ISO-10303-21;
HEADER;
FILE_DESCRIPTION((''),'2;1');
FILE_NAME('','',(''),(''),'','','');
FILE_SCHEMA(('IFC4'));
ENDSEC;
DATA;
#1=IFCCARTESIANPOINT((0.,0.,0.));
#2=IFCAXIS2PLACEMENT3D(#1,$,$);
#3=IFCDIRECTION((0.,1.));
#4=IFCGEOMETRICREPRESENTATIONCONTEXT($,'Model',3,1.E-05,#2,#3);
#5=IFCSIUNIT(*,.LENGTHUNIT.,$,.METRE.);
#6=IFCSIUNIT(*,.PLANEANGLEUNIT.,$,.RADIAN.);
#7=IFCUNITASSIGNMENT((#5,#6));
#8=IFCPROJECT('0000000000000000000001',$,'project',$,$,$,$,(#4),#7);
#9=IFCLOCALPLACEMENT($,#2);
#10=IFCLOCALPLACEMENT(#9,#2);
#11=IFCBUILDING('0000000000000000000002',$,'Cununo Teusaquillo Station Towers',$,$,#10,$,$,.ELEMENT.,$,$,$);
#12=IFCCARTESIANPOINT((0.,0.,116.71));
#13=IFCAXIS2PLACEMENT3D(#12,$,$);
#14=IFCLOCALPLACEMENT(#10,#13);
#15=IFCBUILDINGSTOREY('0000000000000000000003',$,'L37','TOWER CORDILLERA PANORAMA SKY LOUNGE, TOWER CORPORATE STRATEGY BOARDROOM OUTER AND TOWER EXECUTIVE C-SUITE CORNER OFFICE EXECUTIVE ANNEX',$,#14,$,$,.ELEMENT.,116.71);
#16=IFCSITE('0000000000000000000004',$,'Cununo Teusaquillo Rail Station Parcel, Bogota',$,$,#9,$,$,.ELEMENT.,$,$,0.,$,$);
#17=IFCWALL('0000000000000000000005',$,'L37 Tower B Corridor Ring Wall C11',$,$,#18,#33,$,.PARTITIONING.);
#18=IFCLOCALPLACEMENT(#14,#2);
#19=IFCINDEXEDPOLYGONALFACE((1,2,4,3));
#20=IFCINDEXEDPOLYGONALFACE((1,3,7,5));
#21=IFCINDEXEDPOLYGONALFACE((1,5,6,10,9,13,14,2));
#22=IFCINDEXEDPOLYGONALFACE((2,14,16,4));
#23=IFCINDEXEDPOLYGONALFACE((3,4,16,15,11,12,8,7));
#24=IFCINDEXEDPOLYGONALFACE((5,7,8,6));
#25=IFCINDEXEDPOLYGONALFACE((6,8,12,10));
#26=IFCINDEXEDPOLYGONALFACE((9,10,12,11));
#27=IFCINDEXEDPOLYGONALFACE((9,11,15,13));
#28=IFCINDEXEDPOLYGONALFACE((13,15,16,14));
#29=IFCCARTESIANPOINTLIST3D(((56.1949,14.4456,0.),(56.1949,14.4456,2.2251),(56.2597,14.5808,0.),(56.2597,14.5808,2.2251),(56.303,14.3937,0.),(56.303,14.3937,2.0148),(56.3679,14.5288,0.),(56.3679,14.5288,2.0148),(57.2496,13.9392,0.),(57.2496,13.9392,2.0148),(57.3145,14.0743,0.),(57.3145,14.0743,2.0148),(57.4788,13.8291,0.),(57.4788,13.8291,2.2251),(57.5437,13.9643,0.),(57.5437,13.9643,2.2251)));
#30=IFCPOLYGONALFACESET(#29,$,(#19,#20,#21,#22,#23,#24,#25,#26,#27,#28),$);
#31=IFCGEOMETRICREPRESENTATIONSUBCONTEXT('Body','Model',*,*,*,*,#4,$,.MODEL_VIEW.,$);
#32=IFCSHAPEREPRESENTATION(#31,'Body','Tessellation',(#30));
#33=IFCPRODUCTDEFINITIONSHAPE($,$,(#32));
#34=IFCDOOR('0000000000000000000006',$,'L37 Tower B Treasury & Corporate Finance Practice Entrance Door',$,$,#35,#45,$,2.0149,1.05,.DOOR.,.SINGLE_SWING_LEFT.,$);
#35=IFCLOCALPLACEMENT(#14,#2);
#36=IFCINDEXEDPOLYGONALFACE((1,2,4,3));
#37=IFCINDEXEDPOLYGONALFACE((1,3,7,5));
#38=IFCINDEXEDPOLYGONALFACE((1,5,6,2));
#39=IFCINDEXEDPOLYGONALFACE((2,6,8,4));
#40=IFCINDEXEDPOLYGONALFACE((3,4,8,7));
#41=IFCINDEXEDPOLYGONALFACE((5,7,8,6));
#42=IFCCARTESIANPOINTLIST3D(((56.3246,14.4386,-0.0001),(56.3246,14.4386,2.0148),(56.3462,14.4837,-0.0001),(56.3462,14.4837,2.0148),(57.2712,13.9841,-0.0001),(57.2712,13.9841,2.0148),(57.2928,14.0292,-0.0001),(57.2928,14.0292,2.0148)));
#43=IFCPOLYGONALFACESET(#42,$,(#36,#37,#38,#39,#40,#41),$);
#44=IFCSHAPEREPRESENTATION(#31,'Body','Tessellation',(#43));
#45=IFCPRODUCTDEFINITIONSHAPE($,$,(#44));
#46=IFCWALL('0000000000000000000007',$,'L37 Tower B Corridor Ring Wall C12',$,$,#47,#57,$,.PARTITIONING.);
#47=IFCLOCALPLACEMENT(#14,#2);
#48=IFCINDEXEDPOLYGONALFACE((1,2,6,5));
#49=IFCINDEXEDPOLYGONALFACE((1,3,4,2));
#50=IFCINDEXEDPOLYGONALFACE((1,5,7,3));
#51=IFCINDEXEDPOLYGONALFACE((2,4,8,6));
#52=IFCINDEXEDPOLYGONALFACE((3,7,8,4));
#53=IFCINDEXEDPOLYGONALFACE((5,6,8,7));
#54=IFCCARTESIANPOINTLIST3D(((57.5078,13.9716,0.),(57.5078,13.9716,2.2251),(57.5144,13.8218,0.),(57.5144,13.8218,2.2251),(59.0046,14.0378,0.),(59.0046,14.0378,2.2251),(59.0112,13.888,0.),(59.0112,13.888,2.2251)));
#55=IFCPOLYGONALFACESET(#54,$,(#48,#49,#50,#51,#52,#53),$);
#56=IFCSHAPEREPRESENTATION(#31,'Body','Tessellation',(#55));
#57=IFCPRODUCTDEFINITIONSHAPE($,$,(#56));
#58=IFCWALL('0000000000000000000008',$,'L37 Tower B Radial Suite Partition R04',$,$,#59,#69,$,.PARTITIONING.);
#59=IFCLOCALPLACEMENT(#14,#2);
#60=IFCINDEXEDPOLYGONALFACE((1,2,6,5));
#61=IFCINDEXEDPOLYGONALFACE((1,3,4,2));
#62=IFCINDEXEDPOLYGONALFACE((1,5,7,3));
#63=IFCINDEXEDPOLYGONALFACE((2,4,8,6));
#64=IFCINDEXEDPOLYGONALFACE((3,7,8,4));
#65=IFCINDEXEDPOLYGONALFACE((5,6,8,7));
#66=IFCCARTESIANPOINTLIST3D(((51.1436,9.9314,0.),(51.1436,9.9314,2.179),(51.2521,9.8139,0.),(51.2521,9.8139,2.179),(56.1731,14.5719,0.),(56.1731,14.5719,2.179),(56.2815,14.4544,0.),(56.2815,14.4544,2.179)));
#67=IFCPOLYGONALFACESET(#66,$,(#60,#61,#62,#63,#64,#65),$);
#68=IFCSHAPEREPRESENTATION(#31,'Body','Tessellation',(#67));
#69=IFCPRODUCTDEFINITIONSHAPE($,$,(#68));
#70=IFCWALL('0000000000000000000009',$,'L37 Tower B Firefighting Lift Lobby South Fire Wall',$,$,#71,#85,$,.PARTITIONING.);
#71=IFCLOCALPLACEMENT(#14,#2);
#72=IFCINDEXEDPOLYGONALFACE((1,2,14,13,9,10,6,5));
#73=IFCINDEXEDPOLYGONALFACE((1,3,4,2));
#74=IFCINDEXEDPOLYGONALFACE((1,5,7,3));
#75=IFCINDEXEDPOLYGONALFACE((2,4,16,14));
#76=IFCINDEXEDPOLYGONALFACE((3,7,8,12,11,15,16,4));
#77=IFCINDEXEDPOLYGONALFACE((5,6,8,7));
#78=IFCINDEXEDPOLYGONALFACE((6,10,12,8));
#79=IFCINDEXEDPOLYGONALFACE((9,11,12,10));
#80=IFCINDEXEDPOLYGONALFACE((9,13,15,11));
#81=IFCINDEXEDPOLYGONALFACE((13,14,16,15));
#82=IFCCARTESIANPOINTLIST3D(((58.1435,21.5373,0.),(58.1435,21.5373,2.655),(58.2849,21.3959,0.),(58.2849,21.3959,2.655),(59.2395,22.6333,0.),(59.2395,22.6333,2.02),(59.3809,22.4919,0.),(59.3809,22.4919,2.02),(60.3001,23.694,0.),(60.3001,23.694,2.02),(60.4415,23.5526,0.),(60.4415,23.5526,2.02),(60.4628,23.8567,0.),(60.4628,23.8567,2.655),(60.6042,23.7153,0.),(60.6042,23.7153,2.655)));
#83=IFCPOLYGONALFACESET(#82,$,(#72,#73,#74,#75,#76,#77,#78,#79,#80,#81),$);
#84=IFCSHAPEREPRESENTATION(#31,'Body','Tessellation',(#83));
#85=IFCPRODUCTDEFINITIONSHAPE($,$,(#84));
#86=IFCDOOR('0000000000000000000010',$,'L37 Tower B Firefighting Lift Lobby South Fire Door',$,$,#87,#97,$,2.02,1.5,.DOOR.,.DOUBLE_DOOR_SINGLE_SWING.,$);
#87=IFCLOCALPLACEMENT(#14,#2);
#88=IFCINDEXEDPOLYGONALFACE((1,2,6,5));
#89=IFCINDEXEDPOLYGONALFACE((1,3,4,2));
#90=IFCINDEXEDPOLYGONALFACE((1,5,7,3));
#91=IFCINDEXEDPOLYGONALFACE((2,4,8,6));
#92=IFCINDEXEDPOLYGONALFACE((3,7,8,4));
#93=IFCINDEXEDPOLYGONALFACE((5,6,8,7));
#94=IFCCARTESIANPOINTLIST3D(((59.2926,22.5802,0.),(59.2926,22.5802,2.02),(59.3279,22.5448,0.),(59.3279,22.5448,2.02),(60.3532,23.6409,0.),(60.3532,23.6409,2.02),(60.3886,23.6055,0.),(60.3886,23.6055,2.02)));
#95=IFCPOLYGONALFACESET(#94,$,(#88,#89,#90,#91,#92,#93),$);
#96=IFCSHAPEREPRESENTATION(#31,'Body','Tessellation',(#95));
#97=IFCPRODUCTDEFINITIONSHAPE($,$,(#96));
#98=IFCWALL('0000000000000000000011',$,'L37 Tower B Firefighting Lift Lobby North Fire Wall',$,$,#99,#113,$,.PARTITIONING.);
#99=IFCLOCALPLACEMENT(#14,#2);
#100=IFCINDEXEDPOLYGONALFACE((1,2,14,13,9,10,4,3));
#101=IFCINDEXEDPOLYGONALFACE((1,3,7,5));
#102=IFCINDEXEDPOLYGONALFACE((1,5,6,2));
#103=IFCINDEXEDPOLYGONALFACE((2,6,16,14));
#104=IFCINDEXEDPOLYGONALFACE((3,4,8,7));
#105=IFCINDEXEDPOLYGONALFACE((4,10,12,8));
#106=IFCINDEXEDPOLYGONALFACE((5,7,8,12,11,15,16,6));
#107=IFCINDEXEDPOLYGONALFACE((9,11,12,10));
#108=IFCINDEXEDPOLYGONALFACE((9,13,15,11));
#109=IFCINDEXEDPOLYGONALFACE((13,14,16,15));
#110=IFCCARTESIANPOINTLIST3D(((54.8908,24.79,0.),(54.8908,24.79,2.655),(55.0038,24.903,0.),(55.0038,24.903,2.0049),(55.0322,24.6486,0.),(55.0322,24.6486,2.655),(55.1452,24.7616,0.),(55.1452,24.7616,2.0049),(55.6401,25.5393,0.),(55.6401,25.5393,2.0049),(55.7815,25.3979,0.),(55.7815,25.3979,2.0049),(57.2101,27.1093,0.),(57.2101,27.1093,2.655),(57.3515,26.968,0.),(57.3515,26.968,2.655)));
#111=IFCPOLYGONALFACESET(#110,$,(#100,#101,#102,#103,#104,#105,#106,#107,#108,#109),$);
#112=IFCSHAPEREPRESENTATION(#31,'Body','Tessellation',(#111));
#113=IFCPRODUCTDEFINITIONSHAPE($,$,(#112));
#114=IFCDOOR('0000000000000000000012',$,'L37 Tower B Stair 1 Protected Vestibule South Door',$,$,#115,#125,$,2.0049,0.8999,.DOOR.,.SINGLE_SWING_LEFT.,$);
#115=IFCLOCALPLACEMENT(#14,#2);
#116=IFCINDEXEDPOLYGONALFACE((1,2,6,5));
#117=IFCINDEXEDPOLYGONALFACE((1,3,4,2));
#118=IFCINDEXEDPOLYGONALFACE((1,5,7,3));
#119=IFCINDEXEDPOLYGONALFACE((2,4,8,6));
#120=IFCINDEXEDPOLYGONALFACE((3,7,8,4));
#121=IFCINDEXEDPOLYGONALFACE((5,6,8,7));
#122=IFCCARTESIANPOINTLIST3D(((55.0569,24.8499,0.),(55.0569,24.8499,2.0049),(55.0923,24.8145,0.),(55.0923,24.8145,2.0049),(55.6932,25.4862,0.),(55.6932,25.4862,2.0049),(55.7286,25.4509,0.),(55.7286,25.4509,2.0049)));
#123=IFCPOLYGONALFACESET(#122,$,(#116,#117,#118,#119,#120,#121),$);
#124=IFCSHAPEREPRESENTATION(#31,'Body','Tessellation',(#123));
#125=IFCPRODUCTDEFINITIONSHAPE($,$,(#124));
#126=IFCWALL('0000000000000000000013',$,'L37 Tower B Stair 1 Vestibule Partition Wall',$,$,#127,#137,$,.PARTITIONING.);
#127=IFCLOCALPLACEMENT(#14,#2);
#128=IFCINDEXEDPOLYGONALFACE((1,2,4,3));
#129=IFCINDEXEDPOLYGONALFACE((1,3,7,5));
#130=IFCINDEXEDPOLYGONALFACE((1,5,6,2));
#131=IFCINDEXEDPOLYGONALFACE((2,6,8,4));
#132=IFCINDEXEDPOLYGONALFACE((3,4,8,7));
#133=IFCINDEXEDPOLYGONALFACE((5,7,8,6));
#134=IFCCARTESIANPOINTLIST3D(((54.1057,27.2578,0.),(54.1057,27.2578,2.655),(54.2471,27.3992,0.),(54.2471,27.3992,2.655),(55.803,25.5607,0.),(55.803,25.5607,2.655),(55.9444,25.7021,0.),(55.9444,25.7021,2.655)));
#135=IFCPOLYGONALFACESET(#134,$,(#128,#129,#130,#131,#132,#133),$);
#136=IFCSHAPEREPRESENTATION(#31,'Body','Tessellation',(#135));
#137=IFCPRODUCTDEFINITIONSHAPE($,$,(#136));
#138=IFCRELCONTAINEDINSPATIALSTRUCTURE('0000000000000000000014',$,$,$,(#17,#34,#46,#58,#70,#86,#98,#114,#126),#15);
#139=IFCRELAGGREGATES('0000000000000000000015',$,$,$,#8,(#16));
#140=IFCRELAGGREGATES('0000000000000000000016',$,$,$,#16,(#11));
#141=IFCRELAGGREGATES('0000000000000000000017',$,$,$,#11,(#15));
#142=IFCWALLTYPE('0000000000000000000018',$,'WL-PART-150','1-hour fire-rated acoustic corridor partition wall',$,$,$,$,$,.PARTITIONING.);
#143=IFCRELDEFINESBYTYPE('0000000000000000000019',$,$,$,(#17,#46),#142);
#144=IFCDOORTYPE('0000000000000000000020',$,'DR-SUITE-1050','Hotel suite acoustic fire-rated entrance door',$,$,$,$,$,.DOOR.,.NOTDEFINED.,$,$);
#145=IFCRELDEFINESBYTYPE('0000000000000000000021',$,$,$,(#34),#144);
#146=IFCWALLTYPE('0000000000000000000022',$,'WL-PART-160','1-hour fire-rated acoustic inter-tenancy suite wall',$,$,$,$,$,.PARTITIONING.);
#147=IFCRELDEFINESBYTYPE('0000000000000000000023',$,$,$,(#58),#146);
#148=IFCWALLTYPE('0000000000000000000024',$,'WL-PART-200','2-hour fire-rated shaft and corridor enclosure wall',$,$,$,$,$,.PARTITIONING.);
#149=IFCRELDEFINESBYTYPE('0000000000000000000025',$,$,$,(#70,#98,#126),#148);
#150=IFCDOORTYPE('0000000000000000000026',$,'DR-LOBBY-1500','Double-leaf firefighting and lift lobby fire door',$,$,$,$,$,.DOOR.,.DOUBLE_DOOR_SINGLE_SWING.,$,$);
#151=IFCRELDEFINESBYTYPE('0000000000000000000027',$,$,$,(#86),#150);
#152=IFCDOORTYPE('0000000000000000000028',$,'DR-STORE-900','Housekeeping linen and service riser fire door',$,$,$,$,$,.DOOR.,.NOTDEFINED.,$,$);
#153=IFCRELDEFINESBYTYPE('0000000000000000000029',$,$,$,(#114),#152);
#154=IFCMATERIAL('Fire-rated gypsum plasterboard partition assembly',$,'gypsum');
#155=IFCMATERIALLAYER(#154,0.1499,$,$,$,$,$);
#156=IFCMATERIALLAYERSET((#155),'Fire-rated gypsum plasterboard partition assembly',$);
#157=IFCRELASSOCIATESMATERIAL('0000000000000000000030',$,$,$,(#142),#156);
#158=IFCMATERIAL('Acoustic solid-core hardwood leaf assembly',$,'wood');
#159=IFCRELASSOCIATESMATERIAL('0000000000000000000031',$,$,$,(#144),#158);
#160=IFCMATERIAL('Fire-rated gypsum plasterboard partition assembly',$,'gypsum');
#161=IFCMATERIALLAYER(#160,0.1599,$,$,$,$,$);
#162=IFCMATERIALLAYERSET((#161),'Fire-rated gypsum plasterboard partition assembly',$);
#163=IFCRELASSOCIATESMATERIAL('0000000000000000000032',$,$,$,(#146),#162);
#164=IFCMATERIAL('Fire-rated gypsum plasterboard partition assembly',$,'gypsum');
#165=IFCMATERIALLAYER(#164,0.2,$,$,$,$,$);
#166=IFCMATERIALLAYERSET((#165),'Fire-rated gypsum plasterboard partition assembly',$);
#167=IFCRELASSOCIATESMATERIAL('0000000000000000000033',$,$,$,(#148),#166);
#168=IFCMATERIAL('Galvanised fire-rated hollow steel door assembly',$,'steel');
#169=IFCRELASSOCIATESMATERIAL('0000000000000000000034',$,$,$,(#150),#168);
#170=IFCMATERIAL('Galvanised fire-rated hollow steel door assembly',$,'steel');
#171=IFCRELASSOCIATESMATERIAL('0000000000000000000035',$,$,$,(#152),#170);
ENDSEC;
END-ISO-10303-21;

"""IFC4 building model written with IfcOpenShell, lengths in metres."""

from ifc_helpers import new_model, si_unit, direction, frame, frame_2d, origin, place, context, subcontext, project, spatial, rectangle, extrude, source, transform, mapped, material, layer, layer_set, type_object, element, fill, save


model = new_model("IFC4")

# Units and contexts
model_context = context("Model", 3, precision=1e-05, world=origin(), true_north=direction((0.0, 1.0)))
body_context = subcontext(model_context, "Body", "Model", "MODEL_VIEW")
ifc_project = project(units=[si_unit("LENGTHUNIT", "METRE"), si_unit("PLANEANGLEUNIT", "RADIAN")], contexts=[model_context])

# Site, building, storey
site_placement = place(None, origin())
site = spatial("IfcSite", under=ifc_project, at=site_placement, Name="Cununo Teusaquillo Rail Station Parcel, Bogota", CompositionType="ELEMENT", RefElevation=0.0)
building_placement = place(site_placement, origin())
building = spatial("IfcBuilding", under=site, at=building_placement, Name="Cununo Teusaquillo Station Towers", CompositionType="ELEMENT")
storey_placement = place(building_placement, frame((0.0, 0.0, 116.71)))
storey = spatial("IfcBuildingStorey", under=building, at=storey_placement, Name="L37", Description="TOWER CORDILLERA PANORAMA SKY LOUNGE, TOWER CORPORATE STRATEGY BOARDROOM OUTER AND TOWER EXECUTIVE C-SUITE CORNER OFFICE EXECUTIVE ANNEX", CompositionType="ELEMENT", Elevation=116.71)

# Shared definitions
ifc_material_1 = material(Name="Fire-rated gypsum plasterboard partition assembly", Category="gypsum")
ifc_layer_1 = layer(ifc_material_1, 0.1499)
ifc_layer_set_1 = layer_set([ifc_layer_1], Name="Fire-rated gypsum plasterboard partition assembly")
wall_type_1 = type_object("IfcWallType", Name="WL-PART-150", Description="1-hour fire-rated acoustic corridor partition wall", PredefinedType="PARTITIONING", material=ifc_layer_set_1)

# Wall, opening, door
wall_1_placement = place(storey_placement, frame((56.2273, 14.5132, 0.0), z_axis=(0.0, 0.0, 1.0), x_axis=(0.901478, -0.432826, 0.0)))
wall_1 = element("IfcWall", 1, at=wall_1_placement, inside=storey, type_object=wall_type_1, Name="L37 Tower B Corridor Ring Wall C11", PredefinedType="PARTITIONING", context=body_context, shape_type="SweptSolid", body=[
    extrude(rectangle(XDim=1.4243, YDim=0.1499, at=frame_2d((0.7122, 0.0))), origin(), (0.0, 0.0, 1.0), 2.2251),
])
shared_shape_1 = source(origin(), body_context, "Body", "SweptSolid", [
    extrude(rectangle(XDim=1.05, YDim=2.0149, at=frame_2d((0.5249, 1.0073))), frame((0.0, 0.085, 0.0), z_axis=(0.0, -1.0, 0.0), x_axis=(1.0, 0.0, 0.0)), (0.0, 0.0, 1.0), 0.1699),
])
opening_1_placement = place(wall_1_placement, frame((0.1201, 0.0, 0.0)))
opening_1 = element("IfcOpeningElement", 2, at=opening_1_placement, cuts=wall_1, PredefinedType="OPENING", context=body_context, shape_type="MappedRepresentation", body=[
    mapped(shared_shape_1, transform((0.0, 0.0, 0.0), x_axis=(1.0, 0.0, 0.0), y_axis=(0.0, 1.0, 0.0), z_axis=(0.0, 0.0, 1.0), scale=1.0)),
])
ifc_material_2 = material(Name="Acoustic solid-core hardwood leaf assembly", Category="wood")
door_type_1 = type_object("IfcDoorType", Name="DR-SUITE-1050", Description="Hotel suite acoustic fire-rated entrance door", OperationType="NOTDEFINED", PredefinedType="DOOR", material=ifc_material_2)
shared_shape_2 = source(origin(), body_context, "Body", "SweptSolid", [
    extrude(rectangle(XDim=1.05, YDim=2.0149, at=frame_2d((0.5249, 1.0073))), frame((0.0, 0.0249, 0.0), z_axis=(0.0, -1.0, 0.0), x_axis=(1.0, 0.0, 0.0)), (0.0, 0.0, 1.0), 0.05),
])
door_1_placement = place(opening_1_placement, origin())
door_1 = element("IfcDoor", 3, at=door_1_placement, inside=storey, type_object=door_type_1, Name="L37 Tower B Treasury & Corporate Finance Practice Entrance Door", OperationType="SINGLE_SWING_LEFT", OverallHeight=2.0149, OverallWidth=1.05, PredefinedType="DOOR", context=body_context, shape_type="MappedRepresentation", body=[
    mapped(shared_shape_2, transform((0.0, 0.0, 0.0), x_axis=(1.0, 0.0, 0.0), y_axis=(0.0, 1.0, 0.0), z_axis=(0.0, 0.0, 1.0), scale=1.0)),
])
fill(opening_1, door_1)

# Walls
wall_2_placement = place(storey_placement, frame((57.5112, 13.8967, 0.0), z_axis=(0.0, 0.0, 1.0), x_axis=(0.999025, 0.044158, 0.0)))
element("IfcWall", 4, at=wall_2_placement, inside=storey, type_object=wall_type_1, Name="L37 Tower B Corridor Ring Wall C12", PredefinedType="PARTITIONING", context=body_context, shape_type="SweptSolid", body=[
    extrude(rectangle(XDim=1.4983, YDim=0.1499, at=frame_2d((0.749, 0.0))), origin(), (0.0, 0.0, 1.0), 2.2251),
])
ifc_material_3 = material(Name="Fire-rated gypsum plasterboard partition assembly", Category="gypsum")
ifc_layer_2 = layer(ifc_material_3, 0.1599)
ifc_layer_set_2 = layer_set([ifc_layer_2], Name="Fire-rated gypsum plasterboard partition assembly")
wall_type_2 = type_object("IfcWallType", Name="WL-PART-160", Description="1-hour fire-rated acoustic inter-tenancy suite wall", PredefinedType="PARTITIONING", material=ifc_layer_set_2)
wall_3_placement = place(storey_placement, frame((56.2273, 14.5132, 0.0), z_axis=(0.0, 0.0, 1.0), x_axis=(-0.734951, -0.67812, 0.0)))
element("IfcWall", 5, at=wall_3_placement, inside=storey, type_object=wall_type_2, Name="L37 Tower B Radial Suite Partition R04", PredefinedType="PARTITIONING", context=body_context, shape_type="SweptSolid", body=[
    extrude(rectangle(XDim=6.8433, YDim=0.1599, at=frame_2d((3.4216, 0.0))), origin(), (0.0, 0.0, 1.0), 2.179),
])

# Walls, openings, doors
ifc_material_4 = material(Name="Fire-rated gypsum plasterboard partition assembly", Category="gypsum")
ifc_layer_3 = layer(ifc_material_4, 0.2)
ifc_layer_set_3 = layer_set([ifc_layer_3], Name="Fire-rated gypsum plasterboard partition assembly")
wall_type_3 = type_object("IfcWallType", Name="WL-PART-200", Description="2-hour fire-rated shaft and corridor enclosure wall", PredefinedType="PARTITIONING", material=ifc_layer_set_3)
wall_4_placement = place(storey_placement, frame((58.2141, 21.4666, 0.0), z_axis=(0.0, 0.0, 1.0), x_axis=(0.707107, 0.707107, 0.0)))
wall_4 = element("IfcWall", 6, at=wall_4_placement, inside=storey, type_object=wall_type_3, Name="L37 Tower B Firefighting Lift Lobby South Fire Wall", PredefinedType="PARTITIONING", context=body_context, shape_type="SweptSolid", body=[
    extrude(rectangle(XDim=3.28, YDim=0.2, at=frame_2d((1.6401, 0.0))), origin(), (0.0, 0.0, 1.0), 2.655),
])
shared_shape_3 = source(origin(), body_context, "Body", "SweptSolid", [
    extrude(rectangle(XDim=1.5, YDim=2.02, at=frame_2d((0.75, 1.01))), frame((0.0, 0.1099, 0.0), z_axis=(0.0, -1.0, 0.0), x_axis=(1.0, 0.0, 0.0)), (0.0, 0.0, 1.0), 0.22),
])
opening_2_placement = place(wall_4_placement, frame((1.55, 0.0, 0.0)))
opening_2 = element("IfcOpeningElement", 7, at=opening_2_placement, cuts=wall_4, PredefinedType="OPENING", context=body_context, shape_type="MappedRepresentation", body=[
    mapped(shared_shape_3, transform((0.0, 0.0, 0.0), x_axis=(1.0, 0.0, 0.0), y_axis=(0.0, 1.0, 0.0), z_axis=(0.0, 0.0, 1.0), scale=1.0)),
])
ifc_material_5 = material(Name="Galvanised fire-rated hollow steel door assembly", Category="steel")
door_type_2 = type_object("IfcDoorType", Name="DR-LOBBY-1500", Description="Double-leaf firefighting and lift lobby fire door", OperationType="DOUBLE_DOOR_SINGLE_SWING", PredefinedType="DOOR", material=ifc_material_5)
shared_shape_4 = source(origin(), body_context, "Body", "SweptSolid", [
    extrude(rectangle(XDim=1.5, YDim=2.02, at=frame_2d((0.75, 1.01))), frame((0.0, 0.0249, 0.0), z_axis=(0.0, -1.0, 0.0), x_axis=(1.0, 0.0, 0.0)), (0.0, 0.0, 1.0), 0.05),
])
door_2_placement = place(opening_2_placement, origin())
door_2 = element("IfcDoor", 8, at=door_2_placement, inside=storey, type_object=door_type_2, Name="L37 Tower B Firefighting Lift Lobby South Fire Door", OperationType="DOUBLE_DOOR_SINGLE_SWING", OverallHeight=2.02, OverallWidth=1.5, PredefinedType="DOOR", context=body_context, shape_type="MappedRepresentation", body=[
    mapped(shared_shape_4, transform((0.0, 0.0, 0.0), x_axis=(1.0, 0.0, 0.0), y_axis=(0.0, 1.0, 0.0), z_axis=(0.0, 0.0, 1.0), scale=1.0)),
])
fill(opening_2, door_2)
wall_5_placement = place(storey_placement, frame((54.9614, 24.7192, 0.0), z_axis=(0.0, 0.0, 1.0), x_axis=(0.707107, 0.707107, 0.0)))
wall_5 = element("IfcWall", 9, at=wall_5_placement, inside=storey, type_object=wall_type_3, Name="L37 Tower B Firefighting Lift Lobby North Fire Wall", PredefinedType="PARTITIONING", context=body_context, shape_type="SweptSolid", body=[
    extrude(rectangle(XDim=3.28, YDim=0.2, at=frame_2d((1.6401, 0.0))), origin(), (0.0, 0.0, 1.0), 2.655),
])
shared_shape_5 = source(origin(), body_context, "Body", "SweptSolid", [
    extrude(rectangle(XDim=0.8999, YDim=2.0049, at=frame_2d((0.45, 1.0024))), frame((0.0, 0.1099, 0.0), z_axis=(0.0, -1.0, 0.0), x_axis=(1.0, 0.0, 0.0)), (0.0, 0.0, 1.0), 0.22),
])
opening_3_placement = place(wall_5_placement, frame((0.1599, 0.0, 0.0)))
opening_3 = element("IfcOpeningElement", 10, at=opening_3_placement, cuts=wall_5, PredefinedType="OPENING", context=body_context, shape_type="MappedRepresentation", body=[
    mapped(shared_shape_5, transform((0.0, 0.0, 0.0), x_axis=(1.0, 0.0, 0.0), y_axis=(0.0, 1.0, 0.0), z_axis=(0.0, 0.0, 1.0), scale=1.0)),
])
ifc_material_6 = material(Name="Galvanised fire-rated hollow steel door assembly", Category="steel")
door_type_3 = type_object("IfcDoorType", Name="DR-STORE-900", Description="Housekeeping linen and service riser fire door", OperationType="NOTDEFINED", PredefinedType="DOOR", material=ifc_material_6)
shared_shape_6 = source(origin(), body_context, "Body", "SweptSolid", [
    extrude(rectangle(XDim=0.8999, YDim=2.0049, at=frame_2d((0.45, 1.0024))), frame((0.0, 0.0249, 0.0), z_axis=(0.0, -1.0, 0.0), x_axis=(1.0, 0.0, 0.0)), (0.0, 0.0, 1.0), 0.05),
])
door_3_placement = place(opening_3_placement, origin())
door_3 = element("IfcDoor", 11, at=door_3_placement, inside=storey, type_object=door_type_3, Name="L37 Tower B Stair 1 Protected Vestibule South Door", OperationType="SINGLE_SWING_LEFT", OverallHeight=2.0049, OverallWidth=0.8999, PredefinedType="DOOR", context=body_context, shape_type="MappedRepresentation", body=[
    mapped(shared_shape_6, transform((0.0, 0.0, 0.0), x_axis=(1.0, 0.0, 0.0), y_axis=(0.0, 1.0, 0.0), z_axis=(0.0, 0.0, 1.0), scale=1.0)),
])
fill(opening_3, door_3)

# Wall
wall_6_placement = place(storey_placement, frame((55.8738, 25.6313, 0.0), z_axis=(0.0, 0.0, 1.0), x_axis=(-0.707158, 0.707056, 0.0)))
element("IfcWall", 12, at=wall_6_placement, inside=storey, type_object=wall_type_3, Name="L37 Tower B Stair 1 Vestibule Partition Wall", PredefinedType="PARTITIONING", context=body_context, shape_type="SweptSolid", body=[
    extrude(rectangle(XDim=2.4001, YDim=0.2, at=frame_2d((1.2002, 0.0))), origin(), (0.0, 0.0, 1.0), 2.655),
])

save(model, "model.ifc")
